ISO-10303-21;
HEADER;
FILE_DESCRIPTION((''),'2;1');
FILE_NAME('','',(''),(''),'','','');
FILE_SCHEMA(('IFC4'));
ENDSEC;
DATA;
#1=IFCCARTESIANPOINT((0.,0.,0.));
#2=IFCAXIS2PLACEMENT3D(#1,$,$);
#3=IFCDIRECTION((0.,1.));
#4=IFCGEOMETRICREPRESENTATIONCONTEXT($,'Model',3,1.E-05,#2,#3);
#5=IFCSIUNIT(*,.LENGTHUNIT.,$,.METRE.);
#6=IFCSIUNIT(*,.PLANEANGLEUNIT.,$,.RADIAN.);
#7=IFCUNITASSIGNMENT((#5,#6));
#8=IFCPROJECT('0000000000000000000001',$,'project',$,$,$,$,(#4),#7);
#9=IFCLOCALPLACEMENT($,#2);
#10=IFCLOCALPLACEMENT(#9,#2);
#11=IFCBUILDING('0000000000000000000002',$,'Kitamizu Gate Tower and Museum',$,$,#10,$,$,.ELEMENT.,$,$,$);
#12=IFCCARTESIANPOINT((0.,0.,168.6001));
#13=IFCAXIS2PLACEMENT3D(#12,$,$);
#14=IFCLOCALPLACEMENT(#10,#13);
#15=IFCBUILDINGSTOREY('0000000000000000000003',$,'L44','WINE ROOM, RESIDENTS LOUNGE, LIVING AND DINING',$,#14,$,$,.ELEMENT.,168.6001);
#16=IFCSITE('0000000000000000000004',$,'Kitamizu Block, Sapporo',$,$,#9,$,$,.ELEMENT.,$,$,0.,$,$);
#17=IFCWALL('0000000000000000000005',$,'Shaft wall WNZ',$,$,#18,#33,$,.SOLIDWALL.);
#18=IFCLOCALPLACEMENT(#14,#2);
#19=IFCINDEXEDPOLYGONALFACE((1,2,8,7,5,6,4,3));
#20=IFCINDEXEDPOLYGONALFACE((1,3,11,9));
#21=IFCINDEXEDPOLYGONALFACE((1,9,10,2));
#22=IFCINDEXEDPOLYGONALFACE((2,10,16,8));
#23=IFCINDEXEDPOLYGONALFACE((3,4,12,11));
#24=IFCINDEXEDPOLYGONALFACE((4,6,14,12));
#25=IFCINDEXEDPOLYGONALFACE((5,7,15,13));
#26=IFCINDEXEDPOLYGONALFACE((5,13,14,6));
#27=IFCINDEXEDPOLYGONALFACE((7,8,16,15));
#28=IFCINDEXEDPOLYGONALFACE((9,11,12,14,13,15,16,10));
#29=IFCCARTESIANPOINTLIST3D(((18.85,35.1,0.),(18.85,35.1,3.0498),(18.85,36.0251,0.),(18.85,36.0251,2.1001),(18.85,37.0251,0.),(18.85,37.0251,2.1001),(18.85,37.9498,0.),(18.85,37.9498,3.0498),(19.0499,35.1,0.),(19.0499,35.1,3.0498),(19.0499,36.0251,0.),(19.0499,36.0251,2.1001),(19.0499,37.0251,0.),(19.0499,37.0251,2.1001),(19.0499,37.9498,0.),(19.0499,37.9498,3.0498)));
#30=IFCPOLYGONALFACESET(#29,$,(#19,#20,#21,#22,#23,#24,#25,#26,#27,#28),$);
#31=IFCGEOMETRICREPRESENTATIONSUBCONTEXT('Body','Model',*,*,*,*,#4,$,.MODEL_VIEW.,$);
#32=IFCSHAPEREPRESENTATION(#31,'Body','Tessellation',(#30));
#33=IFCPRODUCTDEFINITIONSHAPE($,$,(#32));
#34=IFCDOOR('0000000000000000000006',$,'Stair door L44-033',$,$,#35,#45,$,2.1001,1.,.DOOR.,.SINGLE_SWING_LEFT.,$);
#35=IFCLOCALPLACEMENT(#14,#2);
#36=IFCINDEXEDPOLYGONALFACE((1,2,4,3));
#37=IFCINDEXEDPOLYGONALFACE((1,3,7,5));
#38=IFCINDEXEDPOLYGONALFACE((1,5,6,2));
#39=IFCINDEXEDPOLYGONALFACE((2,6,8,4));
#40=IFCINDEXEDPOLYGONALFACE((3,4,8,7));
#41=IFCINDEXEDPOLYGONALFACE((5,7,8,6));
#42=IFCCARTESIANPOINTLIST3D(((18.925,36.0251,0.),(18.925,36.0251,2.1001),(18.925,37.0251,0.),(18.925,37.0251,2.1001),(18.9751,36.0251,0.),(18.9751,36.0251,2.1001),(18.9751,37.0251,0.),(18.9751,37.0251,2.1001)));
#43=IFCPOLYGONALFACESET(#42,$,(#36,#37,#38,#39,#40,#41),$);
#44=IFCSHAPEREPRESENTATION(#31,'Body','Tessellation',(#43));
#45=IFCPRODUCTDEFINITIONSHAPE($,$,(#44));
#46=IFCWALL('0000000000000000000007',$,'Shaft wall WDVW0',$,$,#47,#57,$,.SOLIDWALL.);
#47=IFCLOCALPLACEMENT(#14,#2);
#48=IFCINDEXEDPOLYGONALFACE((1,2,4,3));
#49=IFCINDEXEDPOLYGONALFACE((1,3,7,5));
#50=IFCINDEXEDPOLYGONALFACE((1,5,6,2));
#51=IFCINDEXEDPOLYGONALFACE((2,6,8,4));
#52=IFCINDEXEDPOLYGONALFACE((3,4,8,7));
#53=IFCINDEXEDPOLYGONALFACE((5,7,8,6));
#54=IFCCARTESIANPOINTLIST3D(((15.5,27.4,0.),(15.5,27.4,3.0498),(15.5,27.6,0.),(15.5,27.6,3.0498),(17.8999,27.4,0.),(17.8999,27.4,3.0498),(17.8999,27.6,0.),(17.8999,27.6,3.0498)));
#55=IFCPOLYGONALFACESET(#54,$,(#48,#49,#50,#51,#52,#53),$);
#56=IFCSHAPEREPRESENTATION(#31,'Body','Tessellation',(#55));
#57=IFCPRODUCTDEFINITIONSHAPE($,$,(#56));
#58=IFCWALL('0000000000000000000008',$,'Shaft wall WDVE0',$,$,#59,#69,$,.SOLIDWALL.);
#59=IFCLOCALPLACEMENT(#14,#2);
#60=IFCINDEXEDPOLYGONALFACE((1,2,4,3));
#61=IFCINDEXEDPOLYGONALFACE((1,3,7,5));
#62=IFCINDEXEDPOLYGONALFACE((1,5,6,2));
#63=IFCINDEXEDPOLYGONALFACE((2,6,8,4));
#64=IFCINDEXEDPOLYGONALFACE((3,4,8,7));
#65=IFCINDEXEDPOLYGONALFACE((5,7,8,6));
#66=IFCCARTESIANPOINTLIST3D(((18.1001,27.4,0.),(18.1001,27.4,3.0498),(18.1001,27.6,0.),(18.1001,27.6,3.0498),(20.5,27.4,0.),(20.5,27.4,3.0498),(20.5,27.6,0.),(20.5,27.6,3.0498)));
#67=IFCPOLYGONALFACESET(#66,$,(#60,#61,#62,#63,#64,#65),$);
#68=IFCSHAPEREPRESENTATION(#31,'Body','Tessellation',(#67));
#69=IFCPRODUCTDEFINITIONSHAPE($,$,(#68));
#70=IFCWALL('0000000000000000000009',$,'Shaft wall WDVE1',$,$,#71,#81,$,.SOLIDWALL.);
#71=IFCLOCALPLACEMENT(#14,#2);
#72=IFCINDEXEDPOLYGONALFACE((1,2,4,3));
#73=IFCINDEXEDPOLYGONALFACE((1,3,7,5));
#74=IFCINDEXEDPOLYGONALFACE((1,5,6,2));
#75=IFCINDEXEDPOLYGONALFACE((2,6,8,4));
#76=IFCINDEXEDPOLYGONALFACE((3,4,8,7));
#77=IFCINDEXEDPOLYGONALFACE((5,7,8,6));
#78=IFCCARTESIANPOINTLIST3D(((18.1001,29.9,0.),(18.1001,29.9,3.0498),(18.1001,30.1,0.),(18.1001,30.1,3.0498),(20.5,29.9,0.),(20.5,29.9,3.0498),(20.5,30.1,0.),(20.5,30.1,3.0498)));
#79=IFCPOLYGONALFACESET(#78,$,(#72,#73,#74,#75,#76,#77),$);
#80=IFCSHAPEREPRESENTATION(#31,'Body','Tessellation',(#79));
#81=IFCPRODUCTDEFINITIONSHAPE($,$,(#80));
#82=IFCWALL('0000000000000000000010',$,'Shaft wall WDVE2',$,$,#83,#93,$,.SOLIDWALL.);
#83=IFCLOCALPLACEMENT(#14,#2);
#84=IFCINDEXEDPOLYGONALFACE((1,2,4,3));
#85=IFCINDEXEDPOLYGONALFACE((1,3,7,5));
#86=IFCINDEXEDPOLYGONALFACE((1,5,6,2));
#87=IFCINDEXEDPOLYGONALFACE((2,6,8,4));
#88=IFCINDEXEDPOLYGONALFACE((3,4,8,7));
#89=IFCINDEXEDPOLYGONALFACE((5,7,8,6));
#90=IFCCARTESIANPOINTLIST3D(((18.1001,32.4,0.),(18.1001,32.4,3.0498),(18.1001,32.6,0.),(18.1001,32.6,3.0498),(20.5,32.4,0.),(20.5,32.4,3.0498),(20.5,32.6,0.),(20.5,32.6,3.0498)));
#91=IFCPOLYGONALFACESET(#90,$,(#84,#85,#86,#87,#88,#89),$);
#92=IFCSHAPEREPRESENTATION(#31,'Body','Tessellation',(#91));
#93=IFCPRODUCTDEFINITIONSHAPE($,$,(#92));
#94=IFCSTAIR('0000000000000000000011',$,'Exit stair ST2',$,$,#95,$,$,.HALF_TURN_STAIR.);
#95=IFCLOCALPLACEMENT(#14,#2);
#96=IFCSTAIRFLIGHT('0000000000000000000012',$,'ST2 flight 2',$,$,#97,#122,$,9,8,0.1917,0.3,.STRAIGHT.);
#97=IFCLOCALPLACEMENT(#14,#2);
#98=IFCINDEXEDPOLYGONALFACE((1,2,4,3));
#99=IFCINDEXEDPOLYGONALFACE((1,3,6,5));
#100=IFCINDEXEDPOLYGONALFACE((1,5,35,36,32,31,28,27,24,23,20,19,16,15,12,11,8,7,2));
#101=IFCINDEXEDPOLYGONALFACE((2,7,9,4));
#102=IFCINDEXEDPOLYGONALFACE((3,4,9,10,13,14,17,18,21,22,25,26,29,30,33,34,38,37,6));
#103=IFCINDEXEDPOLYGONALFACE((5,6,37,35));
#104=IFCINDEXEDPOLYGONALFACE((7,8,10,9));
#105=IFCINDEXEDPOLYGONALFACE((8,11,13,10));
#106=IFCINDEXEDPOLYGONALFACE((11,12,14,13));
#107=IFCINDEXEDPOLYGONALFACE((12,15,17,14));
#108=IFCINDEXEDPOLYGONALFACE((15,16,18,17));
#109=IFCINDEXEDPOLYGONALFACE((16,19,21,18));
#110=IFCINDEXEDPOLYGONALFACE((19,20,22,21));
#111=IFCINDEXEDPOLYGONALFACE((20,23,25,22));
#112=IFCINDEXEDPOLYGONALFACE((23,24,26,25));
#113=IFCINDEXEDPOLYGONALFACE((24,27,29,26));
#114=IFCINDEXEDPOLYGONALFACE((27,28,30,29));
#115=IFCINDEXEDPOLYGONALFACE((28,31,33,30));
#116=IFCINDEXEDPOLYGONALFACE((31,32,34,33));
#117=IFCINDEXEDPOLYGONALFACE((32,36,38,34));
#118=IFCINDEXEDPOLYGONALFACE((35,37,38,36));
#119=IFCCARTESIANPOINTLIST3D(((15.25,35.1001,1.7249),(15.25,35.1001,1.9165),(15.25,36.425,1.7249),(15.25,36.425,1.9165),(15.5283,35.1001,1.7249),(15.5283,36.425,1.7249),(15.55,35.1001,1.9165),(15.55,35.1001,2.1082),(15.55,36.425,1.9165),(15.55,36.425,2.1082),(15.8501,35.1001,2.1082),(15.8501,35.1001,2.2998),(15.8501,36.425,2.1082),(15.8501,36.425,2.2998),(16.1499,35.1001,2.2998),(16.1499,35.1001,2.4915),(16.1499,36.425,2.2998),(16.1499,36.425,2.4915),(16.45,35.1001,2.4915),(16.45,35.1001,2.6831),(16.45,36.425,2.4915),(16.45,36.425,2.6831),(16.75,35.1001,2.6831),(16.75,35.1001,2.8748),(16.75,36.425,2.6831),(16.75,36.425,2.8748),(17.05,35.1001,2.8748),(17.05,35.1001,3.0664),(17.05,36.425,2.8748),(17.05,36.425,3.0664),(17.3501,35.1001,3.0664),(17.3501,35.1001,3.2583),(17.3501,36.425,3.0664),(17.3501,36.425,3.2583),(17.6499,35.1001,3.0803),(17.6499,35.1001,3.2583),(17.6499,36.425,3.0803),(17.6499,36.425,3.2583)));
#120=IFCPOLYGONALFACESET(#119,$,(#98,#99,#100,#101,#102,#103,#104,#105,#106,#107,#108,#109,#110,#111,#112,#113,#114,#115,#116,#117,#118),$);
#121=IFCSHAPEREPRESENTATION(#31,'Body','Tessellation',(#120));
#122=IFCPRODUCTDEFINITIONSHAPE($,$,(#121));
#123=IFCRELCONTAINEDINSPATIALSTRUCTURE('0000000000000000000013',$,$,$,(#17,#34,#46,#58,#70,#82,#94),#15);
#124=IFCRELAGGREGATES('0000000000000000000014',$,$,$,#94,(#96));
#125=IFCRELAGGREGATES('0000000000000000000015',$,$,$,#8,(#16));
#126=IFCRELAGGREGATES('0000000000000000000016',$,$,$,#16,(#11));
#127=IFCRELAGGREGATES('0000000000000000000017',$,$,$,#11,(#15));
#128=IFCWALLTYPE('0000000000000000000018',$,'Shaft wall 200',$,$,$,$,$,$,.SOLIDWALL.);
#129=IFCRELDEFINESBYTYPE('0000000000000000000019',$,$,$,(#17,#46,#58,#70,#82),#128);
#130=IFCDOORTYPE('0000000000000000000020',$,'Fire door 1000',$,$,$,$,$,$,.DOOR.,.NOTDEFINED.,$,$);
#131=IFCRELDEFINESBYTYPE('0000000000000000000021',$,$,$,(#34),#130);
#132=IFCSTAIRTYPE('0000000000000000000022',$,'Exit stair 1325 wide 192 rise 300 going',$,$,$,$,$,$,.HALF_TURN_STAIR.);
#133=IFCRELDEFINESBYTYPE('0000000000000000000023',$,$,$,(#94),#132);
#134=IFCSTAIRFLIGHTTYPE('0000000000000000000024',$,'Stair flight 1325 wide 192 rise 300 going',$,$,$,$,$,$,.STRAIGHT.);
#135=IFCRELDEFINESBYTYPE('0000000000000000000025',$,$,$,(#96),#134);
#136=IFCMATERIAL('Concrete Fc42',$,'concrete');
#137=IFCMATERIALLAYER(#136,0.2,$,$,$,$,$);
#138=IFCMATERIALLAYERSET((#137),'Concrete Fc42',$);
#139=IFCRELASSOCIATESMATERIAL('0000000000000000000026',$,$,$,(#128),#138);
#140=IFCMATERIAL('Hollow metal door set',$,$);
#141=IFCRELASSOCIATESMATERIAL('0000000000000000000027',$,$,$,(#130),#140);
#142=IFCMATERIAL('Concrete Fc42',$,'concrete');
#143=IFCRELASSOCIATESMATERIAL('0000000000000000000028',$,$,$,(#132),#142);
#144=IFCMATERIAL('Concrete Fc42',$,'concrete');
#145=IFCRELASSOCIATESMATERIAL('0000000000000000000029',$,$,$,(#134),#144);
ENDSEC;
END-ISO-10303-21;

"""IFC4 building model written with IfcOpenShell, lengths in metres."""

from ifc_helpers import new_model, si_unit, direction, frame, frame_2d, origin, place, context, subcontext, project, spatial, polyline, rectangle, outline, extrude, material, layer, layer_set, type_object, element, fill, aggregate, save


model = new_model("IFC4")

# Units and contexts
model_context = context("Model", 3, precision=1e-05, world=origin(), true_north=direction((0.0, 1.0)))
body_context = subcontext(model_context, "Body", "Model", "MODEL_VIEW")
ifc_project = project(units=[si_unit("LENGTHUNIT", "METRE"), si_unit("PLANEANGLEUNIT", "RADIAN")], contexts=[model_context])

# Site, building, storey
site_placement = place(None, origin())
site = spatial("IfcSite", under=ifc_project, at=site_placement, Name="Kitamizu Block, Sapporo", CompositionType="ELEMENT", RefElevation=0.0)
building_placement = place(site_placement, origin())
building = spatial("IfcBuilding", under=site, at=building_placement, Name="Kitamizu Gate Tower and Museum", CompositionType="ELEMENT")
storey_placement = place(building_placement, frame((0.0, 0.0, 168.6001)))
storey = spatial("IfcBuildingStorey", under=building, at=storey_placement, Name="L44", Description="WINE ROOM, RESIDENTS LOUNGE, LIVING AND DINING", CompositionType="ELEMENT", Elevation=168.6001)

# Shared definitions
ifc_material_1 = material(Name="Concrete Fc42", Category="concrete")
ifc_layer = layer(ifc_material_1, 0.2)
ifc_layer_set = layer_set([ifc_layer], Name="Concrete Fc42")
wall_type = type_object("IfcWallType", Name="Shaft wall 200", PredefinedType="SOLIDWALL", material=ifc_layer_set)
ifc_material_2 = material(Name="Hollow metal door set")
door_type_1 = type_object("IfcDoorType", Name="Fire door 1000", OperationType="NOTDEFINED", PredefinedType="DOOR", material=ifc_material_2)

# Wall, opening, door
wall_1_placement = place(storey_placement, frame((18.95, 35.1001, 0.0), z_axis=(0.0, 0.0, 1.0), x_axis=(0.0, 1.0, 0.0)))
wall_1 = element("IfcWall", 1, at=wall_1_placement, inside=storey, type_object=wall_type, Name="Shaft wall WNZ", PredefinedType="SOLIDWALL", context=body_context, shape_type="SweptSolid", body=[
    extrude(rectangle(XDim=2.8499, YDim=0.2, at=frame_2d((1.4248, 0.0))), origin(), (0.0, 0.0, 1.0), 3.0498),
])
opening_1_placement = place(wall_1_placement, frame((0.925, 0.0, 0.0)))
opening_1 = element("IfcOpeningElement", 2, at=opening_1_placement, cuts=wall_1, PredefinedType="OPENING", context=body_context, shape_type="SweptSolid", body=[
    extrude(rectangle(XDim=1.0, YDim=2.1001, at=frame_2d((0.5, 1.05))), frame((0.0, 0.1099, 0.0), z_axis=(0.0, -1.0, 0.0), x_axis=(1.0, 0.0, 0.0)), (0.0, 0.0, 1.0), 0.22),
])
door_1_placement = place(opening_1_placement, origin())
door_1 = element("IfcDoor", 3, at=door_1_placement, inside=storey, type_object=door_type_1, Name="Stair door L44-033", OperationType="SINGLE_SWING_LEFT", OverallHeight=2.1001, OverallWidth=1.0, PredefinedType="DOOR", context=body_context, shape_type="SweptSolid", body=[
    extrude(rectangle(XDim=1.0, YDim=2.1001, at=frame_2d((0.5, 1.05))), frame((0.0, 0.0249, 0.0), z_axis=(0.0, -1.0, 0.0), x_axis=(1.0, 0.0, 0.0)), (0.0, 0.0, 1.0), 0.05),
])
fill(opening_1, door_1)

# Walls
for number, where, z_axis, x_axis, name in (
    (4, (15.5, 27.5, 0.0), (0.0, 0.0, 1.0), (1.0, 0.0, 0.0), "Shaft wall WDVW0"),
    (5, (18.1001, 27.5, 0.0), (0.0, 0.0, 1.0), (1.0, 0.0, 0.0), "Shaft wall WDVE0"),
    (6, (18.1001, 30.0, 0.0), (0.0, 0.0, 1.0), (1.0, 0.0, 0.0), "Shaft wall WDVE1"),
    (7, (18.1001, 32.5, 0.0), (0.0, 0.0, 1.0), (1.0, 0.0, 0.0), "Shaft wall WDVE2"),
):
    element("IfcWall", number, at=place(storey_placement, frame(where, z_axis=z_axis, x_axis=x_axis)), inside=storey, type_object=wall_type, Name=name, PredefinedType="SOLIDWALL", context=body_context, shape_type="SweptSolid", body=[
        extrude(rectangle(XDim=2.3999, YDim=0.2, at=frame_2d((1.2, 0.0))), origin(), (0.0, 0.0, 1.0), 3.0498),
    ])

# Stair, stair flight
ifc_material_3 = material(Name="Concrete Fc42", Category="concrete")
stair_type = type_object("IfcStairType", Name="Exit stair 1325 wide 192 rise 300 going", PredefinedType="HALF_TURN_STAIR", material=ifc_material_3)
stair_placement = place(storey_placement, origin())
stair = element("IfcStair", 8, at=stair_placement, inside=storey, type_object=stair_type, Name="Exit stair ST2", PredefinedType="HALF_TURN_STAIR")
ifc_material_4 = material(Name="Concrete Fc42", Category="concrete")
stair_flight_type = type_object("IfcStairFlightType", Name="Stair flight 1325 wide 192 rise 300 going", PredefinedType="STRAIGHT", material=ifc_material_4)
stair_flight_placement = place(storey_placement, frame((15.25, 35.7625, 1.7249), z_axis=(0.0, 0.0, 1.0), x_axis=(1.0, 0.0, 0.0)))
stair_flight = element("IfcStairFlight", 9, at=stair_flight_placement, type_object=stair_flight_type, Name="ST2 flight 2", NumberOfRisers=9, NumberOfTreads=8, PredefinedType="STRAIGHT", RiserHeight=0.1917, TreadLength=0.3, context=body_context, shape_type="SweptSolid", body=[
    extrude(outline(polyline([(0.0, 0.0), (0.0, 0.1917), (0.3, 0.1917), (0.3, 0.3833), (0.6001, 0.3833), (0.6001, 0.575), (0.8999, 0.575), (0.8999, 0.7666), (1.2, 0.7666), (1.2, 0.9583), (1.5, 0.9583), (1.5, 1.1499), (1.8, 1.1499), (1.8, 1.3416), (2.1001, 1.3416), (2.1001, 1.5334), (2.3999, 1.5334), (2.3999, 1.7251), (2.3999, 1.3555), (0.2783, 0.0), (0.0, 0.0)])), frame((0.0, 0.6626, 0.0), z_axis=(0.0, -1.0, 0.0), x_axis=(1.0, 0.0, 0.0)), (0.0, 0.0, 1.0), 1.325),
])
aggregate(stair, [stair_flight])

save(model, "model.ifc")
